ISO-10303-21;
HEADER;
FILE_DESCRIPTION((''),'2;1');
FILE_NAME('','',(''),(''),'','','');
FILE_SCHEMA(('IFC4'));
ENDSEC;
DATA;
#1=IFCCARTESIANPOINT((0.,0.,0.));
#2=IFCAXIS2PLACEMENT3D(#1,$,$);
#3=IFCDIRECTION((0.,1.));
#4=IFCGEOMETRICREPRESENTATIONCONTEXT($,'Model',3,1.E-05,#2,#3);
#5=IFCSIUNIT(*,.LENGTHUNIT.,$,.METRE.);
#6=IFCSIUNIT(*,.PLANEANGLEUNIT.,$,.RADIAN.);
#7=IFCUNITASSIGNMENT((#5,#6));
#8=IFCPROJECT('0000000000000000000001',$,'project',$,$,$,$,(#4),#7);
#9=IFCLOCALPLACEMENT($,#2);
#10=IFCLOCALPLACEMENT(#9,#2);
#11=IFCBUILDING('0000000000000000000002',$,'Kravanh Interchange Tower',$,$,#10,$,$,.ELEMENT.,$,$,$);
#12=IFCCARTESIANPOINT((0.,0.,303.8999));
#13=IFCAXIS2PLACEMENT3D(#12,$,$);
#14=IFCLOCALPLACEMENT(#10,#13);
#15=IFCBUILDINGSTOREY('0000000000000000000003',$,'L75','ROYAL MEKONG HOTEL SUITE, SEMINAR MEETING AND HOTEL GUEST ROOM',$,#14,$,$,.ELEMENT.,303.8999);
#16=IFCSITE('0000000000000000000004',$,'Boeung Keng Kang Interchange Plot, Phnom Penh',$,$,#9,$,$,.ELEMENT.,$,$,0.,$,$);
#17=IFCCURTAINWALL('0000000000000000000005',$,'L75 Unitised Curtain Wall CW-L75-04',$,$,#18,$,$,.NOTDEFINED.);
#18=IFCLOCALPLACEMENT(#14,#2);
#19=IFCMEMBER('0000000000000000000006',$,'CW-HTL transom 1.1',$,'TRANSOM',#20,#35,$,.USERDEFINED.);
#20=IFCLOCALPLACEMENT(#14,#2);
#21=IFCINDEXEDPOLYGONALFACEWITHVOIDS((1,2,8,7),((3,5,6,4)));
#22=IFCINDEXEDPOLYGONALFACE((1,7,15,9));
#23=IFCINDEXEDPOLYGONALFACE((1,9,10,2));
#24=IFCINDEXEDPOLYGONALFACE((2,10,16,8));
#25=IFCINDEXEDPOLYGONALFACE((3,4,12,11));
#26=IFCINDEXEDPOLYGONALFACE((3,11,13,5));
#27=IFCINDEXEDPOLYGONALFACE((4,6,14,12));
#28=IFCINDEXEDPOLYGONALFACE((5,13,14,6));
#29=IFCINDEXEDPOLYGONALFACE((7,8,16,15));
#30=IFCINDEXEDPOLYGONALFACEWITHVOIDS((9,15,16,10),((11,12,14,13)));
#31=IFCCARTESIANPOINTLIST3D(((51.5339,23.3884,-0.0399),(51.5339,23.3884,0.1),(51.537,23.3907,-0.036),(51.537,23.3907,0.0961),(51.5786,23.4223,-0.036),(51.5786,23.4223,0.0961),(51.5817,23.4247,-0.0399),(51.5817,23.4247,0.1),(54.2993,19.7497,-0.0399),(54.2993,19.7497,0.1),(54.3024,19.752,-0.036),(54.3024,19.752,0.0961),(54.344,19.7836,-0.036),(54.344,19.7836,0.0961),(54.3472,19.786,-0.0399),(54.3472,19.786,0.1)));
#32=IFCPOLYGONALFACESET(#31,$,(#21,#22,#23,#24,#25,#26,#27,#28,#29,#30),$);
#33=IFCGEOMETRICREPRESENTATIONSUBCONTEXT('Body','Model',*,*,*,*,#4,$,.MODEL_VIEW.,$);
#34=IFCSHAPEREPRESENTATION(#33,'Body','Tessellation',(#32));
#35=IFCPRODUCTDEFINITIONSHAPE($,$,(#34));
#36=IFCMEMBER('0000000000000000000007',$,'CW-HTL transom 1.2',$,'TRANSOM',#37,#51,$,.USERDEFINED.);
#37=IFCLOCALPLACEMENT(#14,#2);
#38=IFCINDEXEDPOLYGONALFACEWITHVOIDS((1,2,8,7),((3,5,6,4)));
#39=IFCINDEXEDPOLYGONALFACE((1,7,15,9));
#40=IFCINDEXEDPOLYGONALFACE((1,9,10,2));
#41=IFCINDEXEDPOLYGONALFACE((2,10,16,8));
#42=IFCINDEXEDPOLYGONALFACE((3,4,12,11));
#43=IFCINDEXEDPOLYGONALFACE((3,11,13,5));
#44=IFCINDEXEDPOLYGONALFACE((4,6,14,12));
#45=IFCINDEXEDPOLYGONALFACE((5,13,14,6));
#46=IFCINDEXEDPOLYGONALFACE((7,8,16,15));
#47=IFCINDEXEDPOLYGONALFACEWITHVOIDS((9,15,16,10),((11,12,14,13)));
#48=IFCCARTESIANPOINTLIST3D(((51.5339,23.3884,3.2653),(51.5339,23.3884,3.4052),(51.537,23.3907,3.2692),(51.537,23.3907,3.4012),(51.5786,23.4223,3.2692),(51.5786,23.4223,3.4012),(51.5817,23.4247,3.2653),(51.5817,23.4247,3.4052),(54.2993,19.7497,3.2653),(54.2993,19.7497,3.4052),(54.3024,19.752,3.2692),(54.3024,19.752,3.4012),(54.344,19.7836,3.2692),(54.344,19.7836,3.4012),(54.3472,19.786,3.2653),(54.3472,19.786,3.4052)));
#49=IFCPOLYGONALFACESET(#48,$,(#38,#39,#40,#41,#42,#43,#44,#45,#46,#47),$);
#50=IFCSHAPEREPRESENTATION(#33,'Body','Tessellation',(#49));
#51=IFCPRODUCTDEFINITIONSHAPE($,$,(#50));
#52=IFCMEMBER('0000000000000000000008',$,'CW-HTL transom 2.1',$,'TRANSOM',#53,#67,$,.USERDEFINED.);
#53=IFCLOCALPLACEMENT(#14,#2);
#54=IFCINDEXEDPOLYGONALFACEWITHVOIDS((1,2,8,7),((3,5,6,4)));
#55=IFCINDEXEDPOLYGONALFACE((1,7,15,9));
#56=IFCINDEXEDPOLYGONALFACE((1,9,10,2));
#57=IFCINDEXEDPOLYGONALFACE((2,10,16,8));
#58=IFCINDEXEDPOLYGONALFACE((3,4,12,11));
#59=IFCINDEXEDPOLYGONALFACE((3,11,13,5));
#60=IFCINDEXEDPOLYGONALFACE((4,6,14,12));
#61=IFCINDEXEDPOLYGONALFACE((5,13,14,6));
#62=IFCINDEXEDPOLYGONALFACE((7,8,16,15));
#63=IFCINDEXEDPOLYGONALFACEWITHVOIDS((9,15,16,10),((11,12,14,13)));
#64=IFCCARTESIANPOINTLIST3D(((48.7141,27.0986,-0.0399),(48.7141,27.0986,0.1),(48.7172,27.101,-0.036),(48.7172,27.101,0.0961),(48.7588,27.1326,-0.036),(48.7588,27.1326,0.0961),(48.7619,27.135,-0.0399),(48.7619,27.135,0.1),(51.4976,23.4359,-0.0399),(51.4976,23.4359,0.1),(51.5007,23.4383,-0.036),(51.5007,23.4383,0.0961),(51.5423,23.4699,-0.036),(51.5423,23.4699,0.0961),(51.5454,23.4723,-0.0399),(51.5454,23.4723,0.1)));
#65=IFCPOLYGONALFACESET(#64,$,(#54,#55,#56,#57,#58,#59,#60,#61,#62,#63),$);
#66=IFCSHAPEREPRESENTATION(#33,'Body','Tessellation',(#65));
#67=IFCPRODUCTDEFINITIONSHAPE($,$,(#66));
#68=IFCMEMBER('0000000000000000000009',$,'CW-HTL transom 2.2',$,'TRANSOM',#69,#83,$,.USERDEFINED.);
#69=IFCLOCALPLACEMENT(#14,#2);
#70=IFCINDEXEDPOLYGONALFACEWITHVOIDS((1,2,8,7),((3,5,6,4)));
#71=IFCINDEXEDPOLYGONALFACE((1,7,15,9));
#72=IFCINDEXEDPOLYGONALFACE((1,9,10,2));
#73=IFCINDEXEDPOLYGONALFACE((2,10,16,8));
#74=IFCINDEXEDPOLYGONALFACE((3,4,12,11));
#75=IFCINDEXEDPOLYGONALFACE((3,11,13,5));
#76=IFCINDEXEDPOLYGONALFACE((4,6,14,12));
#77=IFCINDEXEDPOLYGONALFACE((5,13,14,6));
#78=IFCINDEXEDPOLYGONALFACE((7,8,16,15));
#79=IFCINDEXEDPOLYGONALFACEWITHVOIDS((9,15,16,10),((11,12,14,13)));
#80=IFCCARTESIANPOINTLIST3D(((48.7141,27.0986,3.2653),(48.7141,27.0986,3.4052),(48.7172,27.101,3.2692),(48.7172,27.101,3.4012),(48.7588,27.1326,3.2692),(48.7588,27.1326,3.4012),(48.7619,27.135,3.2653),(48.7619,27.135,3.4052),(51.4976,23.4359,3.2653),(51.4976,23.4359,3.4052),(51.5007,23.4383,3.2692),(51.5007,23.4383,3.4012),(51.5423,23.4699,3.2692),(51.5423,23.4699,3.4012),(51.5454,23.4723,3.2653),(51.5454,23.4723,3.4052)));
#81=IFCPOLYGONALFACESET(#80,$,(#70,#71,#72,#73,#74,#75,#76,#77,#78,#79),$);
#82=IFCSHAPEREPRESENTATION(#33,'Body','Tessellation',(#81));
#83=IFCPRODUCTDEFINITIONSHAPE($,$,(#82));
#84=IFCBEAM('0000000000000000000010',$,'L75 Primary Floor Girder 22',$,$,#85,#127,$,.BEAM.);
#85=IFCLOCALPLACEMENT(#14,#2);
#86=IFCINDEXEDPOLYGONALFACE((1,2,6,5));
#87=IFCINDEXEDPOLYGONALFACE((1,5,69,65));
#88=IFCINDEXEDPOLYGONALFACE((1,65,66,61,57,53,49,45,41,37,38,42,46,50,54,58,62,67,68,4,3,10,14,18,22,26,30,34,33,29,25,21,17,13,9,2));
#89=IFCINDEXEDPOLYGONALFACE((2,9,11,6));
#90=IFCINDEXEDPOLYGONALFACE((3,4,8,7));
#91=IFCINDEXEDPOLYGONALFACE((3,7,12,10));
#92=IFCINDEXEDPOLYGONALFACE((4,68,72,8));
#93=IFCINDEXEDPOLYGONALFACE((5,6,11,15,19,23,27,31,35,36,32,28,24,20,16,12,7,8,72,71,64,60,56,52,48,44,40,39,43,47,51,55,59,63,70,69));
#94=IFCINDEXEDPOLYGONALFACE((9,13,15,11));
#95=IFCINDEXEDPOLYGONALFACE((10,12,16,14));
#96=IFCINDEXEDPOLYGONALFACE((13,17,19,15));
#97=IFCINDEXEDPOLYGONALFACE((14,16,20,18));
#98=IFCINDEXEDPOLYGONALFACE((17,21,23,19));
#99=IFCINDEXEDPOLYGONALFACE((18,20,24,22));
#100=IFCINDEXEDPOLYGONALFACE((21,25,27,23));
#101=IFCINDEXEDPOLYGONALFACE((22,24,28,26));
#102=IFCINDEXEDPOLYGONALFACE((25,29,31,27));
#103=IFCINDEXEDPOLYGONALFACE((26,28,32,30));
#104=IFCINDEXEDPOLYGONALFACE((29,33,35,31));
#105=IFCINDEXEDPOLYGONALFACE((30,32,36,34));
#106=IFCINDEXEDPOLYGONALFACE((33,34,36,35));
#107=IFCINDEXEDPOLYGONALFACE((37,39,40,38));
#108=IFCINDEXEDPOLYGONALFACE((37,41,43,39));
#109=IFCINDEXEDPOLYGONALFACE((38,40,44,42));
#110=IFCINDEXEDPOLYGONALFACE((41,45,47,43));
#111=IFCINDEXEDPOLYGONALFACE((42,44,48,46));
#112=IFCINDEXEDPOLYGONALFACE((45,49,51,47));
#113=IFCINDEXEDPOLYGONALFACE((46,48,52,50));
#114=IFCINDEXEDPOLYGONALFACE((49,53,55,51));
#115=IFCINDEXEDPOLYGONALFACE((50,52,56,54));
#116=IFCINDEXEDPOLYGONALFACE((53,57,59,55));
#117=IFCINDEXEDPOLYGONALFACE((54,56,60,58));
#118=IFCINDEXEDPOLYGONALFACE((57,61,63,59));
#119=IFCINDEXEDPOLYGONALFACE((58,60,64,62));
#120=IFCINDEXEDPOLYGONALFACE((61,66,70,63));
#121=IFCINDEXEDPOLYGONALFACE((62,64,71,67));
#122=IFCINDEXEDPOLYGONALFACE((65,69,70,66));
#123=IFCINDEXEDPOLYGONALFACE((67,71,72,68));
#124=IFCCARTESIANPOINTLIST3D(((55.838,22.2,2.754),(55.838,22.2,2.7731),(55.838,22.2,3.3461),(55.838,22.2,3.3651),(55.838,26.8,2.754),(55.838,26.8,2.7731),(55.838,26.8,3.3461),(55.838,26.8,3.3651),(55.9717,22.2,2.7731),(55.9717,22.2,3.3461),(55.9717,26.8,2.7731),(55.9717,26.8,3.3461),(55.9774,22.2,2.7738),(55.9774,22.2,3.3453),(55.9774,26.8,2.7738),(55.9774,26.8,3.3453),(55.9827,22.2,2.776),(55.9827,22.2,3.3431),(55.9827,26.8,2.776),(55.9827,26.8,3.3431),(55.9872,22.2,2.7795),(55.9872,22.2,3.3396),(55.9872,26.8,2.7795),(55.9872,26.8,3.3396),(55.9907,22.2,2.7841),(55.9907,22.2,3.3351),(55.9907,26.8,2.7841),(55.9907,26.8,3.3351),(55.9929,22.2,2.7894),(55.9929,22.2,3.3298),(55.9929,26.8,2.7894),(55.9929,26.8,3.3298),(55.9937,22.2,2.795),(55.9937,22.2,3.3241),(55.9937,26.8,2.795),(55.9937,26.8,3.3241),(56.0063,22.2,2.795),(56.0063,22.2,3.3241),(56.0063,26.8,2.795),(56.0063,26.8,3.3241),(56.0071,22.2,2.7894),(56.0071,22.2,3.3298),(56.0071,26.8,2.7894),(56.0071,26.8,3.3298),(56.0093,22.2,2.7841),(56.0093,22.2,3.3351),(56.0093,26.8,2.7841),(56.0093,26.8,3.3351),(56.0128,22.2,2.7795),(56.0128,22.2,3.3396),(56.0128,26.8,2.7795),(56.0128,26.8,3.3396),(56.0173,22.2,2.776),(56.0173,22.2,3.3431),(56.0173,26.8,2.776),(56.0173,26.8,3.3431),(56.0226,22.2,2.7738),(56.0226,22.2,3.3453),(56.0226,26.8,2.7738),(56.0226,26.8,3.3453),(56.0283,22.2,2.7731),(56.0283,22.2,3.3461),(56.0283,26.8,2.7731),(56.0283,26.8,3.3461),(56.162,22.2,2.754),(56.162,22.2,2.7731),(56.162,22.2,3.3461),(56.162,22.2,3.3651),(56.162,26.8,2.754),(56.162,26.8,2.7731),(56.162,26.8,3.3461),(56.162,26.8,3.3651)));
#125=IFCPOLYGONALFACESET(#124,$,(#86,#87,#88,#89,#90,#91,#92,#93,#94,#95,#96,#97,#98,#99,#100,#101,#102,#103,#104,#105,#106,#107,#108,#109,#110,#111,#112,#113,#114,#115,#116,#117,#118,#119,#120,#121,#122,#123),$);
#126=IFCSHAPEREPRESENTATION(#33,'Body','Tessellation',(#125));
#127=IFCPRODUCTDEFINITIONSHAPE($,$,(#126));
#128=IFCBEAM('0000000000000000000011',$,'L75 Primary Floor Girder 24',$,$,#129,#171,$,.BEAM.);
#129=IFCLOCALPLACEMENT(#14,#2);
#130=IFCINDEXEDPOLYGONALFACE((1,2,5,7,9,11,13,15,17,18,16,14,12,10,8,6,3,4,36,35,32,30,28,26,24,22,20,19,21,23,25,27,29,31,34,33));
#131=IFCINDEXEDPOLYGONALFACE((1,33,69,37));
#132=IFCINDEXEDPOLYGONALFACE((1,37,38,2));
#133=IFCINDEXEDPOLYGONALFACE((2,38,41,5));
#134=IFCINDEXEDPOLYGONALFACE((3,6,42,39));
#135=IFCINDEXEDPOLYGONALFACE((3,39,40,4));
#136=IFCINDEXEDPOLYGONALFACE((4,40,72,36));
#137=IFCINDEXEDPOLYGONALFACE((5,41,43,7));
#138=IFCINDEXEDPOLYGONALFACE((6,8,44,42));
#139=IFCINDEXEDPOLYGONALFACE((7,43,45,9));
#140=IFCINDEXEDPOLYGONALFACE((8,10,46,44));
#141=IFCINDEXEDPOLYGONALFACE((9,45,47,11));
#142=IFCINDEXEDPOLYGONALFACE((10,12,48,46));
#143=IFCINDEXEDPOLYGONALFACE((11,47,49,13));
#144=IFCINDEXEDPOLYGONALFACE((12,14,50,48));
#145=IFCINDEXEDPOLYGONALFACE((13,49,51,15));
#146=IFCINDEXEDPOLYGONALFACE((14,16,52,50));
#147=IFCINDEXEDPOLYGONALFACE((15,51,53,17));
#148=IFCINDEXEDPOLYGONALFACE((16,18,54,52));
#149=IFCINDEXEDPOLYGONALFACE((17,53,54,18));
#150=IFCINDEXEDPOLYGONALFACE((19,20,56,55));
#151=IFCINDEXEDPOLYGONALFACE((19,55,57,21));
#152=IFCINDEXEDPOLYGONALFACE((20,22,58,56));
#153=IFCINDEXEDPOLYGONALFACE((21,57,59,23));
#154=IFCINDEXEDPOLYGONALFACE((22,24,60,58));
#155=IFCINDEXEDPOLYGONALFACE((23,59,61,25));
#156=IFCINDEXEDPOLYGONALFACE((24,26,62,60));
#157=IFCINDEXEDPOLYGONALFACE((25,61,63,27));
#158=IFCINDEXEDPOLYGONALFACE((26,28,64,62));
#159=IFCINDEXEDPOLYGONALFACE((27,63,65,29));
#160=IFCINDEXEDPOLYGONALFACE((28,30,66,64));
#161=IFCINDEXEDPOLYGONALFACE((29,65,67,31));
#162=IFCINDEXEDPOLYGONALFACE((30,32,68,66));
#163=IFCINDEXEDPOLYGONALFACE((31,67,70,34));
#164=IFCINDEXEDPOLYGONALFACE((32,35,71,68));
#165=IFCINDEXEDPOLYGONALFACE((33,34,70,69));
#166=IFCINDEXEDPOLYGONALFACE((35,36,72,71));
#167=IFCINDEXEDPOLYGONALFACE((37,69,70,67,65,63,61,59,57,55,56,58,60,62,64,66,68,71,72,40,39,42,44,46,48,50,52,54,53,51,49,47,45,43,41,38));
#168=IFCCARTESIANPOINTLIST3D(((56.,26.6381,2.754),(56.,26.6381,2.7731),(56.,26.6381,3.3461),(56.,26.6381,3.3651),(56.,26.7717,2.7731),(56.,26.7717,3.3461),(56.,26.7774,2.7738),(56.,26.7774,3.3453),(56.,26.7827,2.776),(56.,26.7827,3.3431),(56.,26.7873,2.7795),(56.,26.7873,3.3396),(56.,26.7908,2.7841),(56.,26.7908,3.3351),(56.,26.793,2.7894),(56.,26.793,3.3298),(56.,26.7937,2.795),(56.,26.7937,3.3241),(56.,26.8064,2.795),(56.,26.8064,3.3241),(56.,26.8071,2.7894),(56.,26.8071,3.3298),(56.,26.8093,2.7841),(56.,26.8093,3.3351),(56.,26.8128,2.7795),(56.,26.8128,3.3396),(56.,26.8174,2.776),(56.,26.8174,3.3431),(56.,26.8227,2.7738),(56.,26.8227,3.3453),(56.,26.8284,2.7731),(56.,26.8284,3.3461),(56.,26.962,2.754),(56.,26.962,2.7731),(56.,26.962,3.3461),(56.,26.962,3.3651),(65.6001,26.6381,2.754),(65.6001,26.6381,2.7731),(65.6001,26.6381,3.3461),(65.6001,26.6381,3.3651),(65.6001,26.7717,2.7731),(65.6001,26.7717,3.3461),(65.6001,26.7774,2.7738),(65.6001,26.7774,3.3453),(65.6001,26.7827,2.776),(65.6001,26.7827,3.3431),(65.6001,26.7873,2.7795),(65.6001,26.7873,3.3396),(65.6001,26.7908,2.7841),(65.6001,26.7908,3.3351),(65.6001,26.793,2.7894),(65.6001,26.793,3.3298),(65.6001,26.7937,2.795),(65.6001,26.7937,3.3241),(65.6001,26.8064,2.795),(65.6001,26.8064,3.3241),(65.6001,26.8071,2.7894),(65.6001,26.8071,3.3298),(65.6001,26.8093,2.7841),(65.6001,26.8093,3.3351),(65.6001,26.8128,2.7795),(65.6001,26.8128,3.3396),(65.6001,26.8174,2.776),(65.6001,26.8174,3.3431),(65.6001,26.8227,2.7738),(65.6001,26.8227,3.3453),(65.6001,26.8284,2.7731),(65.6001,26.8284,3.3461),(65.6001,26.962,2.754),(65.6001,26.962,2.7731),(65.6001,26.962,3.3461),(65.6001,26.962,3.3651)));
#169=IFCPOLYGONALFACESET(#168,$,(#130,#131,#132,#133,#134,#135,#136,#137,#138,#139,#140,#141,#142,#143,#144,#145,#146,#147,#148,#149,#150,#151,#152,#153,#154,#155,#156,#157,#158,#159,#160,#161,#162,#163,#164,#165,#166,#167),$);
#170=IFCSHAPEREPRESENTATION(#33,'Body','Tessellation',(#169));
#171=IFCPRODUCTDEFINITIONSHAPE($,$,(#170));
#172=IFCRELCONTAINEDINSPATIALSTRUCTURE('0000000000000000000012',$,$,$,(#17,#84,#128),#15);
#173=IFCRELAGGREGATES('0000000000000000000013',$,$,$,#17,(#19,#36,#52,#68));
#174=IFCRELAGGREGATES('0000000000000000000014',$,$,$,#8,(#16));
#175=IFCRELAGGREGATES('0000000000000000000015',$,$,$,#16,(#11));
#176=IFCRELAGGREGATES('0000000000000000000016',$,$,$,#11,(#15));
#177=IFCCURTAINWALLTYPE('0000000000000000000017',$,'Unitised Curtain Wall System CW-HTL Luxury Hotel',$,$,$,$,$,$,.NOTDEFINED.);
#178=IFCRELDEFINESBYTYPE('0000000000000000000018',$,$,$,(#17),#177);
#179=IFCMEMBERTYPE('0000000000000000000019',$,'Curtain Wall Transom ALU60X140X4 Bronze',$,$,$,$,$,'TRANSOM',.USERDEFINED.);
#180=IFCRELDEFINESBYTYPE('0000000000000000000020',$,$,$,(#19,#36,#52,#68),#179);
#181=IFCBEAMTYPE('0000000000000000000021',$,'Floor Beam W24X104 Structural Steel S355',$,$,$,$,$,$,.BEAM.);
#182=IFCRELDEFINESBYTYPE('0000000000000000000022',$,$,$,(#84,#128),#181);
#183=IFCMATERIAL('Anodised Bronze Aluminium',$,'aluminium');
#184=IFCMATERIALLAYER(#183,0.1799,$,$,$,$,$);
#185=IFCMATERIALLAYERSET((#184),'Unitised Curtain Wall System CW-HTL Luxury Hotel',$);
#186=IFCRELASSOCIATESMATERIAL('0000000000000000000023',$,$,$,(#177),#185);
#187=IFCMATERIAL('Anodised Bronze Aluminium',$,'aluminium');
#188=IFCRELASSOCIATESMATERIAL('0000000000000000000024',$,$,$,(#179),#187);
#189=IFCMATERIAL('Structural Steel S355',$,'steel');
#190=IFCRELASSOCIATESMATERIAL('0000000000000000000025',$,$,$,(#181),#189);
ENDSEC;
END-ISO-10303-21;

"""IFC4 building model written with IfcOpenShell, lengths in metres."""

from ifc_helpers import new_model, si_unit, direction, frame, origin, origin_2d, place, context, subcontext, project, spatial, hollow_rectangle, i_section, extrude, material, layer, layer_set, material_profile, profile_set, type_object, element, aggregate, save


model = new_model("IFC4")

# Units and contexts
model_context = context("Model", 3, precision=1e-05, world=origin(), true_north=direction((0.0, 1.0)))
body_context = subcontext(model_context, "Body", "Model", "MODEL_VIEW")
ifc_project = project(units=[si_unit("LENGTHUNIT", "METRE"), si_unit("PLANEANGLEUNIT", "RADIAN")], contexts=[model_context])

# Site, building, storey
site_placement = place(None, origin())
site = spatial("IfcSite", under=ifc_project, at=site_placement, Name="Boeung Keng Kang Interchange Plot, Phnom Penh", CompositionType="ELEMENT", RefElevation=0.0)
building_placement = place(site_placement, origin())
building = spatial("IfcBuilding", under=site, at=building_placement, Name="Kravanh Interchange Tower", CompositionType="ELEMENT")
storey_placement = place(building_placement, frame((0.0, 0.0, 303.8999)))
storey = spatial("IfcBuildingStorey", under=building, at=storey_placement, Name="L75", Description="ROYAL MEKONG HOTEL SUITE, SEMINAR MEETING AND HOTEL GUEST ROOM", CompositionType="ELEMENT", Elevation=303.8999)

# Shared definitions
ifc_material_1 = material(Name="Anodised Bronze Aluminium", Category="aluminium")
ifc_layer_1 = layer(ifc_material_1, 0.1799)
ifc_layer_set_1 = layer_set([ifc_layer_1], Name="Unitised Curtain Wall System CW-HTL Luxury Hotel")
curtain_wall_type = type_object("IfcCurtainWallType", Name="Unitised Curtain Wall System CW-HTL Luxury Hotel", PredefinedType="NOTDEFINED", material=ifc_layer_set_1)

# Curtain wall
curtain_wall_1_placement = place(storey_placement, origin())
curtain_wall_1 = element("IfcCurtainWall", 1, at=curtain_wall_1_placement, inside=storey, type_object=curtain_wall_type, Name="L75 Unitised Curtain Wall CW-L75-04", PredefinedType="NOTDEFINED")

# Members
ifc_material_2 = material(Name="Anodised Bronze Aluminium", Category="aluminium")
ifc_material_profile_1 = material_profile(ifc_material_2, hollow_rectangle(XDim=0.0601, YDim=0.1399, WallThickness=0.0039, at=origin_2d()), Name="ALU60X140X4")
ifc_profile_set_1 = profile_set([ifc_material_profile_1], Name="Anodised Bronze Aluminium")
member_type_1 = type_object("IfcMemberType", Name="Curtain Wall Transom ALU60X140X4 Bronze", ElementType="TRANSOM", PredefinedType="USERDEFINED", material=ifc_profile_set_1)
member_1_placement = place(storey_placement, frame((54.3232, 19.7678, 0.03), z_axis=(-0.605082, 0.796163, 0.0), x_axis=(-0.796163, -0.605082, 0.0)))
member_1 = element("IfcMember", 2, at=member_1_placement, type_object=member_type_1, Name="CW-HTL transom 1.1", ObjectType="TRANSOM", PredefinedType="USERDEFINED", context=body_context, shape_type="SweptSolid", body=[
    extrude(hollow_rectangle(XDim=0.0601, YDim=0.1399, WallThickness=0.0039, at=origin_2d()), origin(), (0.0, 0.0, 1.0), 4.5703),
])
member_2_placement = place(storey_placement, frame((54.3232, 19.7678, 3.3352), z_axis=(-0.605082, 0.796163, 0.0), x_axis=(-0.796163, -0.605082, 0.0)))
member_2 = element("IfcMember", 3, at=member_2_placement, type_object=member_type_1, Name="CW-HTL transom 1.2", ObjectType="TRANSOM", PredefinedType="USERDEFINED", context=body_context, shape_type="SweptSolid", body=[
    extrude(hollow_rectangle(XDim=0.0601, YDim=0.1399, WallThickness=0.0039, at=origin_2d()), origin(), (0.0, 0.0, 1.0), 4.5703),
])
member_3_placement = place(storey_placement, frame((51.5215, 23.4541, 0.03), z_axis=(-0.605066, 0.796175, 0.0), x_axis=(-0.796175, -0.605066, 0.0)))
member_3 = element("IfcMember", 4, at=member_3_placement, type_object=member_type_1, Name="CW-HTL transom 2.1", ObjectType="TRANSOM", PredefinedType="USERDEFINED", context=body_context, shape_type="SweptSolid", body=[
    extrude(hollow_rectangle(XDim=0.0601, YDim=0.1399, WallThickness=0.0039, at=origin_2d()), origin(), (0.0, 0.0, 1.0), 4.6003),
])
member_4_placement = place(storey_placement, frame((51.5215, 23.4541, 3.3352), z_axis=(-0.605066, 0.796175, 0.0), x_axis=(-0.796175, -0.605066, 0.0)))
member_4 = element("IfcMember", 5, at=member_4_placement, type_object=member_type_1, Name="CW-HTL transom 2.2", ObjectType="TRANSOM", PredefinedType="USERDEFINED", context=body_context, shape_type="SweptSolid", body=[
    extrude(hollow_rectangle(XDim=0.0601, YDim=0.1399, WallThickness=0.0039, at=origin_2d()), origin(), (0.0, 0.0, 1.0), 4.6003),
])

# Beams
ifc_material_3 = material(Name="Structural Steel S355", Category="steel")
ifc_material_profile_2 = material_profile(ifc_material_3, i_section(OverallWidth=0.324, OverallDepth=0.6111, WebThickness=0.0127, FlangeThickness=0.019, FilletRadius=0.022, at=origin_2d()), Name="W24X104")
ifc_profile_set_2 = profile_set([ifc_material_profile_2], Name="Structural Steel S355")
beam_type_1 = type_object("IfcBeamType", Name="Floor Beam W24X104 Structural Steel S355", PredefinedType="BEAM", material=ifc_profile_set_2)
beam_1_placement = place(storey_placement, frame((56.0, 26.8, 3.0596), z_axis=(0.0, -1.0, 0.0), x_axis=(1.0, 0.0, 0.0)))
element("IfcBeam", 6, at=beam_1_placement, inside=storey, type_object=beam_type_1, Name="L75 Primary Floor Girder 22", PredefinedType="BEAM", context=body_context, shape_type="SweptSolid", body=[
    extrude(i_section(OverallWidth=0.324, OverallDepth=0.6111, WebThickness=0.0127, FlangeThickness=0.019, FilletRadius=0.022, at=origin_2d()), origin(), (0.0, 0.0, 1.0), 4.6001),
])
beam_2_placement = place(storey_placement, frame((56.0, 26.8, 3.0596), z_axis=(1.0, 0.0, 0.0), x_axis=(0.0, 1.0, 0.0)))
element("IfcBeam", 7, at=beam_2_placement, inside=storey, type_object=beam_type_1, Name="L75 Primary Floor Girder 24", PredefinedType="BEAM", context=body_context, shape_type="SweptSolid", body=[
    extrude(i_section(OverallWidth=0.324, OverallDepth=0.6111, WebThickness=0.0127, FlangeThickness=0.019, FilletRadius=0.022, at=origin_2d()), origin(), (0.0, 0.0, 1.0), 9.6001),
])

aggregate(curtain_wall_1, [member_1, member_2, member_3, member_4])

save(model, "model.ifc")
